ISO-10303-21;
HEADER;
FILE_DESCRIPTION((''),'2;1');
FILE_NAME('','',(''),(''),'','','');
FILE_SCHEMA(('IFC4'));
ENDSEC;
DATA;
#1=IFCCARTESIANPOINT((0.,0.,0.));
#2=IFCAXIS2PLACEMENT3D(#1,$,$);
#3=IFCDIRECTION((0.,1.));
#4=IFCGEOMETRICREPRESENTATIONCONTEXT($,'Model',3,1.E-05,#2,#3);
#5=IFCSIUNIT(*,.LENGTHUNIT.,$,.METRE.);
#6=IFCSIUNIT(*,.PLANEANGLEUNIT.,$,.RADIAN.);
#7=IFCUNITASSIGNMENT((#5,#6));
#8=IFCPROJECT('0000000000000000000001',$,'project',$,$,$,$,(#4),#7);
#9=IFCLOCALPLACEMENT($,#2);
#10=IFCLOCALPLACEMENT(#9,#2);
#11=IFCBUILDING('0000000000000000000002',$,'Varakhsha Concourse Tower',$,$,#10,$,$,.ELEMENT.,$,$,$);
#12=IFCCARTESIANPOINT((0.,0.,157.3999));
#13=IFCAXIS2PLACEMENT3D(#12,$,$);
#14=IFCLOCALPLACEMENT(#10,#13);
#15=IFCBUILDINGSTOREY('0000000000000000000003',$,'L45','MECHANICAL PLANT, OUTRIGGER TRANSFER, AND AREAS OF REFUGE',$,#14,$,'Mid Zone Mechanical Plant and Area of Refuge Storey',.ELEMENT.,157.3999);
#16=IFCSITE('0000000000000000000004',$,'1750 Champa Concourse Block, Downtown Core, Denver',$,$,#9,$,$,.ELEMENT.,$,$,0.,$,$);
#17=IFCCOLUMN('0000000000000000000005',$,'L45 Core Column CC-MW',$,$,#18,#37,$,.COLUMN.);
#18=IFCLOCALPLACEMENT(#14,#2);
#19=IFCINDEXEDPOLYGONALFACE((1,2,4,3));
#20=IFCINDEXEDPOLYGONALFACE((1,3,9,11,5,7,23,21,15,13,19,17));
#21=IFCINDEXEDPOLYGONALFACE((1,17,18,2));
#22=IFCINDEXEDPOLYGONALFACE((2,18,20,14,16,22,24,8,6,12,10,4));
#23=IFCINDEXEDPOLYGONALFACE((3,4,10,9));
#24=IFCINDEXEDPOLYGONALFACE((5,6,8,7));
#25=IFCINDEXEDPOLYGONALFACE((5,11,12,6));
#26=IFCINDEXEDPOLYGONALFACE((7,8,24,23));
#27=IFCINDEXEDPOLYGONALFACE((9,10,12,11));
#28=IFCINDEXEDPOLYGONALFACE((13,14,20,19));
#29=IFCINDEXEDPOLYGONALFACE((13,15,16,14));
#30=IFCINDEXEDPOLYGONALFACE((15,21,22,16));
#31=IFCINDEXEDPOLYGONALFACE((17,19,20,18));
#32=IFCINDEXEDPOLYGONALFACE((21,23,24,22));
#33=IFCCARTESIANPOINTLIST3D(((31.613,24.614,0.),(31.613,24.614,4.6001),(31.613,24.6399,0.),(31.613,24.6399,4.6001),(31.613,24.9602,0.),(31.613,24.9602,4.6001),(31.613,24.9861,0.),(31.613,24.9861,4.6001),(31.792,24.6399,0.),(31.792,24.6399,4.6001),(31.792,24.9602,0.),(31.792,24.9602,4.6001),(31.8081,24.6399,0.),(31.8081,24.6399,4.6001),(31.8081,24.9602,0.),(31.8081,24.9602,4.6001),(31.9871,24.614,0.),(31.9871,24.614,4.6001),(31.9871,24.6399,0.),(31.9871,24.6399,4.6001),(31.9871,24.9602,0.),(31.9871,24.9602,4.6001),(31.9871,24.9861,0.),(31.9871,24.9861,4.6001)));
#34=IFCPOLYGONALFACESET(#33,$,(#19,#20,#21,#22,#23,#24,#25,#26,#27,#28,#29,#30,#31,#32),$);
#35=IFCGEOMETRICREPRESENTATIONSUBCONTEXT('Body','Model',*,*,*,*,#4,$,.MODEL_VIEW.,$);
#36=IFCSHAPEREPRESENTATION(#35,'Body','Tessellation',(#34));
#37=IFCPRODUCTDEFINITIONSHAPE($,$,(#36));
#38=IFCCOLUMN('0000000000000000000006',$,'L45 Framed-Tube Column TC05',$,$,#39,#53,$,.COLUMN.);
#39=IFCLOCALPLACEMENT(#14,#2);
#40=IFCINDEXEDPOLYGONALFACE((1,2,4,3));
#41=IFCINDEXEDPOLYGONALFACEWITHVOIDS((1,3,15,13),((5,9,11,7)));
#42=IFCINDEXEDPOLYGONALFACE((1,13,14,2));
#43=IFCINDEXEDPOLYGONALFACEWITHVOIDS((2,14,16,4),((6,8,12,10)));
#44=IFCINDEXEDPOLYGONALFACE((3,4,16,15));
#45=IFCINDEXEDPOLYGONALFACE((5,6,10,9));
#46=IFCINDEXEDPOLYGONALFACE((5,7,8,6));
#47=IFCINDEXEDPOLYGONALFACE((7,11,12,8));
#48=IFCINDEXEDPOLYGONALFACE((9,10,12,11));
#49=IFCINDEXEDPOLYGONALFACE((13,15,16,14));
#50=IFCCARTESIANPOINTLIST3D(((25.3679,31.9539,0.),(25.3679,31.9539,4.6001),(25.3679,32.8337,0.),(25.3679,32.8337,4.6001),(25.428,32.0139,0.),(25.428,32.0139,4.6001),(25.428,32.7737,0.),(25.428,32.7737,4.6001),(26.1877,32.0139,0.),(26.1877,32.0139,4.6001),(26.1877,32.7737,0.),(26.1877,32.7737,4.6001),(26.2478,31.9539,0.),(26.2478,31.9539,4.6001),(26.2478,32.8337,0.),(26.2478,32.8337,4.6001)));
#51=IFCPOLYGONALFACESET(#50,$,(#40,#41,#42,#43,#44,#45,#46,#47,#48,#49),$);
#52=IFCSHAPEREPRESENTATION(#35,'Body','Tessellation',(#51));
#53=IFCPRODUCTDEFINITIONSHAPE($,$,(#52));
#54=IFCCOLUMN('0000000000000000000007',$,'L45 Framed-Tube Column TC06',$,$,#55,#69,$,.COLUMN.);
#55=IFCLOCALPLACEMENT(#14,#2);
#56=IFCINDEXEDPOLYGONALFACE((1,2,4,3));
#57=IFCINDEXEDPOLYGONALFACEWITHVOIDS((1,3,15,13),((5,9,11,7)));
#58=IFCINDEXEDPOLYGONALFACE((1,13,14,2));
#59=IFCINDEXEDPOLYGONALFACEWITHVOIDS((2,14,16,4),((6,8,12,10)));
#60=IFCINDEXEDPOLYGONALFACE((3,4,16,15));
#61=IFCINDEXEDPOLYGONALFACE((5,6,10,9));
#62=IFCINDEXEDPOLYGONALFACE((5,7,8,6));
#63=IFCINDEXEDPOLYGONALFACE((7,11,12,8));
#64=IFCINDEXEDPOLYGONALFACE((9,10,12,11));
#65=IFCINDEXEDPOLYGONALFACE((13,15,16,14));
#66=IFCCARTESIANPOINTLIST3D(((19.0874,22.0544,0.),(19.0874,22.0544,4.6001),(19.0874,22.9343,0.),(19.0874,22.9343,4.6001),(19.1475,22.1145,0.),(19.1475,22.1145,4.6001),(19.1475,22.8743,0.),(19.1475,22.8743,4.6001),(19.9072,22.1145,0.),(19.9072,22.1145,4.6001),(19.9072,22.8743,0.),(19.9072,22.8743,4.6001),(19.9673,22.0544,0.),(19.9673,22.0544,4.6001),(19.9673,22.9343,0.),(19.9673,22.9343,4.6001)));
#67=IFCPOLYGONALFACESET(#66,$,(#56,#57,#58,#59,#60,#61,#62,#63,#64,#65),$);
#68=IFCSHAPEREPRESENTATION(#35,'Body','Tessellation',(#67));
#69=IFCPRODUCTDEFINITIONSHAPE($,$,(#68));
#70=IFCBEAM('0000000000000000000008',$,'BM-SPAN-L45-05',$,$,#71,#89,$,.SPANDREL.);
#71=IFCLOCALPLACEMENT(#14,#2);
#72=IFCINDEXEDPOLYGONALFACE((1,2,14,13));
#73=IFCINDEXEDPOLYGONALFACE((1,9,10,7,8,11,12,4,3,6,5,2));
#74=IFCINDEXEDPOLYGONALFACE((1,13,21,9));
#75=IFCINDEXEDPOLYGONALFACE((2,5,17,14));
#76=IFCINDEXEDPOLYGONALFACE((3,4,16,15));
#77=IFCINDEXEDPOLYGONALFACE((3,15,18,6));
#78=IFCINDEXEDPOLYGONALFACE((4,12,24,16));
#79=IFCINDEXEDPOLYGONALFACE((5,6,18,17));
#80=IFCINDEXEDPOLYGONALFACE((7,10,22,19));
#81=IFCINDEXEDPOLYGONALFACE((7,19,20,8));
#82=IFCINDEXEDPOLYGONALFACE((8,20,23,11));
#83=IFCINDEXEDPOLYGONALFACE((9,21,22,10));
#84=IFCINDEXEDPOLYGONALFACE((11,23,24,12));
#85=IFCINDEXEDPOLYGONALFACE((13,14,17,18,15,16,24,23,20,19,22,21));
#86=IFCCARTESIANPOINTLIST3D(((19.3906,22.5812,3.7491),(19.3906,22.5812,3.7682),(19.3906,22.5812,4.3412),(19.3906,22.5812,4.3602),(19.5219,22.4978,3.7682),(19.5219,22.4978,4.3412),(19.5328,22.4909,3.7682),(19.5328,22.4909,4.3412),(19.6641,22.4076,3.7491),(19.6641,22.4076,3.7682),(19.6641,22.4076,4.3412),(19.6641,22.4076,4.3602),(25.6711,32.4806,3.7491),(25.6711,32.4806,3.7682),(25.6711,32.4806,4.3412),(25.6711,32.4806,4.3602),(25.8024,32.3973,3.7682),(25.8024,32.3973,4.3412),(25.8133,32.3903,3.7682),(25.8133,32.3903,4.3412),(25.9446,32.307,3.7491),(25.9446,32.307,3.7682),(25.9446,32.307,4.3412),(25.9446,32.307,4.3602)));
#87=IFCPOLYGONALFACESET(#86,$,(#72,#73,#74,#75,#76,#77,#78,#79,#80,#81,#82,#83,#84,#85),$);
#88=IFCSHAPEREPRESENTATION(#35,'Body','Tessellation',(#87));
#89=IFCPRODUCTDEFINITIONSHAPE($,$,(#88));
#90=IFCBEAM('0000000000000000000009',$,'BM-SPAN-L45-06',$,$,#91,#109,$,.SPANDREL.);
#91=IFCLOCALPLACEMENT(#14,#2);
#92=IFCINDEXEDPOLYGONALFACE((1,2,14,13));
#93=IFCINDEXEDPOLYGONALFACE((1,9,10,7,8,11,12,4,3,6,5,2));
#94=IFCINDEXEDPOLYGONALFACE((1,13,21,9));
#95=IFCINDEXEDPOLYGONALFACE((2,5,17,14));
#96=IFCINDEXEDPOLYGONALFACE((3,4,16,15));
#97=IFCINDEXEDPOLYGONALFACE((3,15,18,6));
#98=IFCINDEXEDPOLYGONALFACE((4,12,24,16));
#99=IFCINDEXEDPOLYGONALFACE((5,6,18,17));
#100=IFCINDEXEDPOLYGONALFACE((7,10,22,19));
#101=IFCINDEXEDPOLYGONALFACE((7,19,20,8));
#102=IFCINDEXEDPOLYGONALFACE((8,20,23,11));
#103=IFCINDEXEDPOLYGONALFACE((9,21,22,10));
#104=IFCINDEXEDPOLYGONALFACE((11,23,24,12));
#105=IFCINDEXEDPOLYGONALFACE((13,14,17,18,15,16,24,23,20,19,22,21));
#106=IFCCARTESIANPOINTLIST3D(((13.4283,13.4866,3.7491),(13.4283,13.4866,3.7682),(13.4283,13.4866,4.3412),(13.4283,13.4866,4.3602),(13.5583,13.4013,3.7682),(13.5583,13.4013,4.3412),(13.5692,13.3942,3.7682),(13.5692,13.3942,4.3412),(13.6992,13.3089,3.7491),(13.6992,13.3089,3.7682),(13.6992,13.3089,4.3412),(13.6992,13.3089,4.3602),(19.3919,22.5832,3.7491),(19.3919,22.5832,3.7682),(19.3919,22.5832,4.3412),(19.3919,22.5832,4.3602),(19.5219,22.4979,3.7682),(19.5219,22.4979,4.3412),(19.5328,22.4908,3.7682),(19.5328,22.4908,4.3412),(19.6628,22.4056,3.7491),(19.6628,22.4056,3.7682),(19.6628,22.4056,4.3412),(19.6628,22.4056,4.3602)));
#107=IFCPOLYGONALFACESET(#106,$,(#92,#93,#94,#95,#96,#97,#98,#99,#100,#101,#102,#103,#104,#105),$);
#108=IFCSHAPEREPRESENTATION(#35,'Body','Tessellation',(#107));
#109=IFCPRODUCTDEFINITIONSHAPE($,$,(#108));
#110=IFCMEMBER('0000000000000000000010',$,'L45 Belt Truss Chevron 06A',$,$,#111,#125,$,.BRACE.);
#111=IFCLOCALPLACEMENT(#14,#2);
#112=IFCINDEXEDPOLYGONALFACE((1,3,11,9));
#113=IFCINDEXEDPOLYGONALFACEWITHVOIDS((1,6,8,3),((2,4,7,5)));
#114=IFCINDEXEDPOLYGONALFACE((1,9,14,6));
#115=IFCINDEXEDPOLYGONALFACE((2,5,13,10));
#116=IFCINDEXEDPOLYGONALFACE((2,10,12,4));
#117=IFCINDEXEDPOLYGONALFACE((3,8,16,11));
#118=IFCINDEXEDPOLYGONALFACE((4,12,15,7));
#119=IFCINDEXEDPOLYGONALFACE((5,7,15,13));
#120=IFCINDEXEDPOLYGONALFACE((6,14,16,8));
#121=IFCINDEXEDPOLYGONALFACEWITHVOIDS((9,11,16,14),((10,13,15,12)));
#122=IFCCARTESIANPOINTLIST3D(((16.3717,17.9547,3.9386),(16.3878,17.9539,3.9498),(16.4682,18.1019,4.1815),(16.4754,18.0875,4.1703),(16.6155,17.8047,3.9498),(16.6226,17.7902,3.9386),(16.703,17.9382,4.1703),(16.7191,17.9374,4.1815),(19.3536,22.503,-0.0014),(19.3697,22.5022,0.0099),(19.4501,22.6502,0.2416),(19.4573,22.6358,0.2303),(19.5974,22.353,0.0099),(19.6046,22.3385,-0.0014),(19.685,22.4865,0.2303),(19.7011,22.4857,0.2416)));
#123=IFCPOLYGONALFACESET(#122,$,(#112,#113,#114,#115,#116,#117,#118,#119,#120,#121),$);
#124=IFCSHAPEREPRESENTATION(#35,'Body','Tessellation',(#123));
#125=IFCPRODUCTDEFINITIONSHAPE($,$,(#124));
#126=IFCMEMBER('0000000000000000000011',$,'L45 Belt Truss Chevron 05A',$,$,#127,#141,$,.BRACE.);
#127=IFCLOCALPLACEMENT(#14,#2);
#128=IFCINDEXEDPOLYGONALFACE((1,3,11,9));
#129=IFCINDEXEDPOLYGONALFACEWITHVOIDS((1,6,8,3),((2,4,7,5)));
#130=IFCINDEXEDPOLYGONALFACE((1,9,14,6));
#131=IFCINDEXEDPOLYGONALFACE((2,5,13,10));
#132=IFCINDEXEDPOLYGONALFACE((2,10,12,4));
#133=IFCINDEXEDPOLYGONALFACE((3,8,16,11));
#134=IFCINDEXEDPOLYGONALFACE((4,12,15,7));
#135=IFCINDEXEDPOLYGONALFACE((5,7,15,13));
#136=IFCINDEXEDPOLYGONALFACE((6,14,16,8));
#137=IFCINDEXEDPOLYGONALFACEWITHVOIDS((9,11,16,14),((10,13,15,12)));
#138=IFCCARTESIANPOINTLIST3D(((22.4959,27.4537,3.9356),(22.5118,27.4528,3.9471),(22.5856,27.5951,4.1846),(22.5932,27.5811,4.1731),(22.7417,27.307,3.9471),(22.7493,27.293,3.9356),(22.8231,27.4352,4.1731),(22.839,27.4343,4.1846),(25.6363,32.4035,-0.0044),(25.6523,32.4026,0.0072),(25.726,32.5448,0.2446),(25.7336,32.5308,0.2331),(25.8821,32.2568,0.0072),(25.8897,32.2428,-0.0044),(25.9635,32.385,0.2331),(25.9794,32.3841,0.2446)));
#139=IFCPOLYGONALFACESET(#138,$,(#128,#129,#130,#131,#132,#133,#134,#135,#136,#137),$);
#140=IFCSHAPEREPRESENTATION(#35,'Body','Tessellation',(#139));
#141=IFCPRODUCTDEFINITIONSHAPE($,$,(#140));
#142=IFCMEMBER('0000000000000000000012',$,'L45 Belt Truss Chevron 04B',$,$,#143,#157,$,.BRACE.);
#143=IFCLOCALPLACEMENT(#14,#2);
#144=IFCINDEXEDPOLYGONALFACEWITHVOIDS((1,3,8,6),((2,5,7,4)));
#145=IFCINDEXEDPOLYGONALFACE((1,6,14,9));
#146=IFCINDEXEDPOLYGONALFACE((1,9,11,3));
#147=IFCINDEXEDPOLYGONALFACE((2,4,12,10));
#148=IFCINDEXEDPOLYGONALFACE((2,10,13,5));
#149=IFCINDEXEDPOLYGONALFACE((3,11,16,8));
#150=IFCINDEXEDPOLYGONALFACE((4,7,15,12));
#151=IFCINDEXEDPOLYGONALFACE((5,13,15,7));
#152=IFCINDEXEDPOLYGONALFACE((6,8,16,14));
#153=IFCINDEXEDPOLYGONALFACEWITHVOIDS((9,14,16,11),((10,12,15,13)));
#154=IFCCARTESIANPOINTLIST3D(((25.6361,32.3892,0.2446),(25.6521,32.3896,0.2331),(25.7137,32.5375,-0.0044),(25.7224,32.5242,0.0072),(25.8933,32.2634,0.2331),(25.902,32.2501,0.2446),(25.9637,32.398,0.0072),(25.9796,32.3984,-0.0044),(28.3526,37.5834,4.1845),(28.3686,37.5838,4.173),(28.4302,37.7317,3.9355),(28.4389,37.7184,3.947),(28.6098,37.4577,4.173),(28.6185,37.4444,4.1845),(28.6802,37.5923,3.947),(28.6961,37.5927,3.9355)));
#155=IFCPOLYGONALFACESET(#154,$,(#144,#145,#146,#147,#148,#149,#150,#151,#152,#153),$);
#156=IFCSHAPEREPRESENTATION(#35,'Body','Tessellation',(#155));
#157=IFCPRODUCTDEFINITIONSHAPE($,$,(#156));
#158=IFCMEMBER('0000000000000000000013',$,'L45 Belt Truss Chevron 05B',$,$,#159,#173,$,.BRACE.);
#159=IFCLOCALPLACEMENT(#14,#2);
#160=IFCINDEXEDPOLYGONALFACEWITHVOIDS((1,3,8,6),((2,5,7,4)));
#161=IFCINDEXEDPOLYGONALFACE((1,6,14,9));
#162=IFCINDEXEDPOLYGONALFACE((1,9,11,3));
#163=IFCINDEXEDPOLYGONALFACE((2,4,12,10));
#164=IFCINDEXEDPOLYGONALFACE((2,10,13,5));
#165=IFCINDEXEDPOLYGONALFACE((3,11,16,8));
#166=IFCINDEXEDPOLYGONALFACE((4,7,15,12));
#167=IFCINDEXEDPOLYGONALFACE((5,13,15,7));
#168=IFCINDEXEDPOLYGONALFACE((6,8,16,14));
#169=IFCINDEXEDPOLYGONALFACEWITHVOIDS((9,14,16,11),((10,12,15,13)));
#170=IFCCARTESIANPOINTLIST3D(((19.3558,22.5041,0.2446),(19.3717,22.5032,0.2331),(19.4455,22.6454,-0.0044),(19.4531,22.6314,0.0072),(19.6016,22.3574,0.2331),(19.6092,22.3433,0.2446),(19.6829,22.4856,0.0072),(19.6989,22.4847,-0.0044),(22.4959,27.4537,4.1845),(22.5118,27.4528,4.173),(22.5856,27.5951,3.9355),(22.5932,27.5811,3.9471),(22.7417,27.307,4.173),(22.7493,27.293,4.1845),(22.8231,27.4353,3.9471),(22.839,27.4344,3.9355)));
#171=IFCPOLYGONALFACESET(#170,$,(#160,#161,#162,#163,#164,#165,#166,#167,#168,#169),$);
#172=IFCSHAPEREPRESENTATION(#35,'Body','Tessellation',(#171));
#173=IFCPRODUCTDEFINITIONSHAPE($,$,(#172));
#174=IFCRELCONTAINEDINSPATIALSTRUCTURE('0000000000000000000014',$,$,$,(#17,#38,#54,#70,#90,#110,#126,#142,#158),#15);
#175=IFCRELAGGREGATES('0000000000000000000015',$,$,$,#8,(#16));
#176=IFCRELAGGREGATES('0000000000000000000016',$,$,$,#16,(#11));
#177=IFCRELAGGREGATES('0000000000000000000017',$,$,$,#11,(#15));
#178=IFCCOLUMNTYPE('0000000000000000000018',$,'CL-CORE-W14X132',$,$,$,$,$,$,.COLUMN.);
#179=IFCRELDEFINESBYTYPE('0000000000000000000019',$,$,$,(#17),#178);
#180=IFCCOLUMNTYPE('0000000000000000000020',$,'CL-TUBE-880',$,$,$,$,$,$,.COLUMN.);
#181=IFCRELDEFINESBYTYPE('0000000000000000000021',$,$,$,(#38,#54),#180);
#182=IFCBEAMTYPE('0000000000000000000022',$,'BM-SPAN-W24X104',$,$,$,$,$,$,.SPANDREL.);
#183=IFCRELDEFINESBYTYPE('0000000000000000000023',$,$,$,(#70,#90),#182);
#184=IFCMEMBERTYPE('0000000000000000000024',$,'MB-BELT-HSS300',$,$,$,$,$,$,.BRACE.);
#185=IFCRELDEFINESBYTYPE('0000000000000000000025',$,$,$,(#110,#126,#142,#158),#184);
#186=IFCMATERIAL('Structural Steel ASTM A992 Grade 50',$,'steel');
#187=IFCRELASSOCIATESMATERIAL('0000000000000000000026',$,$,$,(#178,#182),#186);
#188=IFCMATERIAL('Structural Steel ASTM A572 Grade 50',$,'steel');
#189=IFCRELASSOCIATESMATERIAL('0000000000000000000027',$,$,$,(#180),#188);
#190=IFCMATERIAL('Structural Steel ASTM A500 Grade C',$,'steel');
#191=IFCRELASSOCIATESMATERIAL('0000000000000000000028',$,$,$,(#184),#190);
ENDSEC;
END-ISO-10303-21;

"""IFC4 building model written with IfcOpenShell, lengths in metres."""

from ifc_helpers import new_model, si_unit, direction, frame, origin, origin_2d, place, context, subcontext, project, spatial, hollow_rectangle, i_section, extrude, source, transform, mapped, material, material_profile, profile_set, type_object, type_shapes, element, save


model = new_model("IFC4")

# Units and contexts
model_context = context("Model", 3, precision=1e-05, world=origin(), true_north=direction((0.0, 1.0)))
body_context = subcontext(model_context, "Body", "Model", "MODEL_VIEW")
ifc_project = project(units=[si_unit("LENGTHUNIT", "METRE"), si_unit("PLANEANGLEUNIT", "RADIAN")], contexts=[model_context])

# Site, building, storey
site_placement = place(None, origin())
site = spatial("IfcSite", under=ifc_project, at=site_placement, Name="1750 Champa Concourse Block, Downtown Core, Denver", CompositionType="ELEMENT", RefElevation=0.0)
building_placement = place(site_placement, origin())
building = spatial("IfcBuilding", under=site, at=building_placement, Name="Varakhsha Concourse Tower", CompositionType="ELEMENT")
storey_placement = place(building_placement, frame((0.0, 0.0, 157.3999)))
storey = spatial("IfcBuildingStorey", under=building, at=storey_placement, Name="L45", Description="MECHANICAL PLANT, OUTRIGGER TRANSFER, AND AREAS OF REFUGE", LongName="Mid Zone Mechanical Plant and Area of Refuge Storey", CompositionType="ELEMENT", Elevation=157.3999)

# Columns
ifc_material_1 = material(Name="Structural Steel ASTM A992 Grade 50", Category="steel")
ifc_material_profile_1 = material_profile(ifc_material_1, i_section(OverallWidth=0.374, OverallDepth=0.3721, WebThickness=0.0161, FlangeThickness=0.0259, at=origin_2d()), Name="W14X132")
ifc_profile_set_1 = profile_set([ifc_material_profile_1], Name="Structural Steel ASTM A992 Grade 50")
column_type_1 = type_object("IfcColumnType", Name="CL-CORE-W14X132", PredefinedType="COLUMN", material=ifc_profile_set_1)
column_placement = place(storey_placement, frame((31.8, 24.8, 0.0), z_axis=(0.0, 0.0, 1.0), x_axis=(1.0, 0.0, 0.0)))
element("IfcColumn", 1, at=column_placement, inside=storey, type_object=column_type_1, Name="L45 Core Column CC-MW", PredefinedType="COLUMN", context=body_context, shape_type="SweptSolid", body=[
    extrude(i_section(OverallWidth=0.374, OverallDepth=0.3721, WebThickness=0.0161, FlangeThickness=0.0259, at=origin_2d()), origin(), (0.0, 0.0, 1.0), 4.6001),
])
ifc_material_2 = material(Name="Structural Steel ASTM A572 Grade 50", Category="steel")
ifc_material_profile_2 = material_profile(ifc_material_2, hollow_rectangle(XDim=0.8799, YDim=0.8799, WallThickness=0.0601, at=origin_2d()), Name="BOX 880x880x60")
ifc_profile_set_2 = profile_set([ifc_material_profile_2], Name="Structural Steel ASTM A572 Grade 50")
column_type_2 = type_object("IfcColumnType", Name="CL-TUBE-880", PredefinedType="COLUMN", material=ifc_profile_set_2)
for number, where, z_axis, x_axis, name in (
    (2, (25.8079, 32.3938, 0.0), (0.0, 0.0, 1.0), (1.0, 0.0, 0.0), "L45 Framed-Tube Column TC05"),
    (3, (19.5273, 22.4944, 0.0), (0.0, 0.0, 1.0), (1.0, 0.0, 0.0), "L45 Framed-Tube Column TC06"),
):
    element("IfcColumn", number, at=place(storey_placement, frame(where, z_axis=z_axis, x_axis=x_axis)), inside=storey, type_object=column_type_2, Name=name, PredefinedType="COLUMN", context=body_context, shape_type="SweptSolid", body=[
        extrude(hollow_rectangle(XDim=0.8799, YDim=0.8799, WallThickness=0.0601, at=origin_2d()), origin(), (0.0, 0.0, 1.0), 4.6001),
    ])

# Beams
ifc_material_profile_3 = material_profile(ifc_material_1, i_section(OverallWidth=0.324, OverallDepth=0.6111, WebThickness=0.0129, FlangeThickness=0.019, at=origin_2d()), Name="W24X104")
ifc_profile_set_3 = profile_set([ifc_material_profile_3], Name="Structural Steel ASTM A992 Grade 50")
beam_type = type_object("IfcBeamType", Name="BM-SPAN-W24X104", PredefinedType="SPANDREL", material=ifc_profile_set_3)
beam_1_placement = place(storey_placement, frame((25.8079, 32.3938, 4.0547), z_axis=(-0.535715, -0.844399, 0.0), x_axis=(0.844399, -0.535715, 0.0)))
element("IfcBeam", 4, at=beam_1_placement, inside=storey, type_object=beam_type, Name="BM-SPAN-L45-05", PredefinedType="SPANDREL", context=body_context, shape_type="SweptSolid", body=[
    extrude(i_section(OverallWidth=0.324, OverallDepth=0.6111, WebThickness=0.0129, FlangeThickness=0.019, at=origin_2d()), origin(), (0.0, 0.0, 1.0), 11.7236),
])
beam_2_placement = place(storey_placement, frame((19.5273, 22.4944, 4.0547), z_axis=(-0.548266, -0.836304, 0.0), x_axis=(0.836304, -0.548266, 0.0)))
element("IfcBeam", 5, at=beam_2_placement, inside=storey, type_object=beam_type, Name="BM-SPAN-L45-06", PredefinedType="SPANDREL", context=body_context, shape_type="SweptSolid", body=[
    extrude(i_section(OverallWidth=0.324, OverallDepth=0.6111, WebThickness=0.0129, FlangeThickness=0.019, at=origin_2d()), origin(), (0.0, 0.0, 1.0), 10.8772),
])

# Members
ifc_material_3 = material(Name="Structural Steel ASTM A500 Grade C", Category="steel")
ifc_material_profile_4 = material_profile(ifc_material_3, hollow_rectangle(XDim=0.3, YDim=0.3, WallThickness=0.0139, at=origin_2d()), Name="HSS 300x300x14")
ifc_profile_set_4 = profile_set([ifc_material_profile_4], Name="Structural Steel ASTM A500 Grade C")
member_type_1 = type_object("IfcMemberType", Name="MB-BELT-HSS300", PredefinedType="BRACE", material=ifc_profile_set_4)
shared_shape_1 = source(origin(), body_context, "Body", "SweptSolid", [
    extrude(hollow_rectangle(XDim=0.3, YDim=0.3, WallThickness=0.0139, at=origin_2d()), origin(), (0.0, 0.0, 1.0), 6.7158),
])
member_1_placement = place(storey_placement, frame((19.5273, 22.4944, 0.1201), z_axis=(-0.444015, -0.677256, 0.586664), x_axis=(0.836294, -0.548282, 0.0)))
element("IfcMember", 6, at=member_1_placement, inside=storey, type_object=member_type_1, Name="L45 Belt Truss Chevron 06A", PredefinedType="BRACE", context=body_context, shape_type="MappedRepresentation", body=[
    mapped(shared_shape_1, transform((0.0, 0.0, 0.0), scale=1.0)),
])
shared_shape_2 = source(origin(), body_context, "Body", "SweptSolid", [
    extrude(hollow_rectangle(XDim=0.3, YDim=0.3, WallThickness=0.0139, at=origin_2d()), origin(), (0.0, 0.0, 1.0), 7.063),
])
member_2_placement = place(storey_placement, frame((25.8079, 32.3938, 0.1201), z_axis=(-0.44463, -0.700803, 0.557835), x_axis=(0.84439, -0.53573, 0.0)))
element("IfcMember", 7, at=member_2_placement, inside=storey, type_object=member_type_1, Name="L45 Belt Truss Chevron 05A", PredefinedType="BRACE", context=body_context, shape_type="MappedRepresentation", body=[
    mapped(shared_shape_2, transform((0.0, 0.0, 0.0), scale=1.0)),
])
shared_shape_3 = source(origin(), body_context, "Body", "SweptSolid", [
    extrude(hollow_rectangle(XDim=0.3, YDim=0.3, WallThickness=0.0139, at=origin_2d()), origin(), (0.0, 0.0, 1.0), 7.0627),
])
type_shapes(member_type_1, [shared_shape_1, shared_shape_2, shared_shape_3])
for number, where, z_axis, x_axis, name in (
    (8, (25.8079, 32.3938, 0.1201), (0.384625, 0.735444, 0.55784), (-0.886132, 0.463433, 0.0), "L45 Belt Truss Chevron 04B"),
    (9, (19.5273, 22.4944, 0.1201), (0.444602, 0.700813, 0.557844), (-0.844408, 0.5357, 0.0), "L45 Belt Truss Chevron 05B"),
):
    element("IfcMember", number, at=place(storey_placement, frame(where, z_axis=z_axis, x_axis=x_axis)), inside=storey, type_object=member_type_1, Name=name, PredefinedType="BRACE", context=body_context, shape_type="MappedRepresentation", body=[
        mapped(shared_shape_3, transform((0.0, 0.0, 0.0), scale=1.0)),
    ])

save(model, "model.ifc")
